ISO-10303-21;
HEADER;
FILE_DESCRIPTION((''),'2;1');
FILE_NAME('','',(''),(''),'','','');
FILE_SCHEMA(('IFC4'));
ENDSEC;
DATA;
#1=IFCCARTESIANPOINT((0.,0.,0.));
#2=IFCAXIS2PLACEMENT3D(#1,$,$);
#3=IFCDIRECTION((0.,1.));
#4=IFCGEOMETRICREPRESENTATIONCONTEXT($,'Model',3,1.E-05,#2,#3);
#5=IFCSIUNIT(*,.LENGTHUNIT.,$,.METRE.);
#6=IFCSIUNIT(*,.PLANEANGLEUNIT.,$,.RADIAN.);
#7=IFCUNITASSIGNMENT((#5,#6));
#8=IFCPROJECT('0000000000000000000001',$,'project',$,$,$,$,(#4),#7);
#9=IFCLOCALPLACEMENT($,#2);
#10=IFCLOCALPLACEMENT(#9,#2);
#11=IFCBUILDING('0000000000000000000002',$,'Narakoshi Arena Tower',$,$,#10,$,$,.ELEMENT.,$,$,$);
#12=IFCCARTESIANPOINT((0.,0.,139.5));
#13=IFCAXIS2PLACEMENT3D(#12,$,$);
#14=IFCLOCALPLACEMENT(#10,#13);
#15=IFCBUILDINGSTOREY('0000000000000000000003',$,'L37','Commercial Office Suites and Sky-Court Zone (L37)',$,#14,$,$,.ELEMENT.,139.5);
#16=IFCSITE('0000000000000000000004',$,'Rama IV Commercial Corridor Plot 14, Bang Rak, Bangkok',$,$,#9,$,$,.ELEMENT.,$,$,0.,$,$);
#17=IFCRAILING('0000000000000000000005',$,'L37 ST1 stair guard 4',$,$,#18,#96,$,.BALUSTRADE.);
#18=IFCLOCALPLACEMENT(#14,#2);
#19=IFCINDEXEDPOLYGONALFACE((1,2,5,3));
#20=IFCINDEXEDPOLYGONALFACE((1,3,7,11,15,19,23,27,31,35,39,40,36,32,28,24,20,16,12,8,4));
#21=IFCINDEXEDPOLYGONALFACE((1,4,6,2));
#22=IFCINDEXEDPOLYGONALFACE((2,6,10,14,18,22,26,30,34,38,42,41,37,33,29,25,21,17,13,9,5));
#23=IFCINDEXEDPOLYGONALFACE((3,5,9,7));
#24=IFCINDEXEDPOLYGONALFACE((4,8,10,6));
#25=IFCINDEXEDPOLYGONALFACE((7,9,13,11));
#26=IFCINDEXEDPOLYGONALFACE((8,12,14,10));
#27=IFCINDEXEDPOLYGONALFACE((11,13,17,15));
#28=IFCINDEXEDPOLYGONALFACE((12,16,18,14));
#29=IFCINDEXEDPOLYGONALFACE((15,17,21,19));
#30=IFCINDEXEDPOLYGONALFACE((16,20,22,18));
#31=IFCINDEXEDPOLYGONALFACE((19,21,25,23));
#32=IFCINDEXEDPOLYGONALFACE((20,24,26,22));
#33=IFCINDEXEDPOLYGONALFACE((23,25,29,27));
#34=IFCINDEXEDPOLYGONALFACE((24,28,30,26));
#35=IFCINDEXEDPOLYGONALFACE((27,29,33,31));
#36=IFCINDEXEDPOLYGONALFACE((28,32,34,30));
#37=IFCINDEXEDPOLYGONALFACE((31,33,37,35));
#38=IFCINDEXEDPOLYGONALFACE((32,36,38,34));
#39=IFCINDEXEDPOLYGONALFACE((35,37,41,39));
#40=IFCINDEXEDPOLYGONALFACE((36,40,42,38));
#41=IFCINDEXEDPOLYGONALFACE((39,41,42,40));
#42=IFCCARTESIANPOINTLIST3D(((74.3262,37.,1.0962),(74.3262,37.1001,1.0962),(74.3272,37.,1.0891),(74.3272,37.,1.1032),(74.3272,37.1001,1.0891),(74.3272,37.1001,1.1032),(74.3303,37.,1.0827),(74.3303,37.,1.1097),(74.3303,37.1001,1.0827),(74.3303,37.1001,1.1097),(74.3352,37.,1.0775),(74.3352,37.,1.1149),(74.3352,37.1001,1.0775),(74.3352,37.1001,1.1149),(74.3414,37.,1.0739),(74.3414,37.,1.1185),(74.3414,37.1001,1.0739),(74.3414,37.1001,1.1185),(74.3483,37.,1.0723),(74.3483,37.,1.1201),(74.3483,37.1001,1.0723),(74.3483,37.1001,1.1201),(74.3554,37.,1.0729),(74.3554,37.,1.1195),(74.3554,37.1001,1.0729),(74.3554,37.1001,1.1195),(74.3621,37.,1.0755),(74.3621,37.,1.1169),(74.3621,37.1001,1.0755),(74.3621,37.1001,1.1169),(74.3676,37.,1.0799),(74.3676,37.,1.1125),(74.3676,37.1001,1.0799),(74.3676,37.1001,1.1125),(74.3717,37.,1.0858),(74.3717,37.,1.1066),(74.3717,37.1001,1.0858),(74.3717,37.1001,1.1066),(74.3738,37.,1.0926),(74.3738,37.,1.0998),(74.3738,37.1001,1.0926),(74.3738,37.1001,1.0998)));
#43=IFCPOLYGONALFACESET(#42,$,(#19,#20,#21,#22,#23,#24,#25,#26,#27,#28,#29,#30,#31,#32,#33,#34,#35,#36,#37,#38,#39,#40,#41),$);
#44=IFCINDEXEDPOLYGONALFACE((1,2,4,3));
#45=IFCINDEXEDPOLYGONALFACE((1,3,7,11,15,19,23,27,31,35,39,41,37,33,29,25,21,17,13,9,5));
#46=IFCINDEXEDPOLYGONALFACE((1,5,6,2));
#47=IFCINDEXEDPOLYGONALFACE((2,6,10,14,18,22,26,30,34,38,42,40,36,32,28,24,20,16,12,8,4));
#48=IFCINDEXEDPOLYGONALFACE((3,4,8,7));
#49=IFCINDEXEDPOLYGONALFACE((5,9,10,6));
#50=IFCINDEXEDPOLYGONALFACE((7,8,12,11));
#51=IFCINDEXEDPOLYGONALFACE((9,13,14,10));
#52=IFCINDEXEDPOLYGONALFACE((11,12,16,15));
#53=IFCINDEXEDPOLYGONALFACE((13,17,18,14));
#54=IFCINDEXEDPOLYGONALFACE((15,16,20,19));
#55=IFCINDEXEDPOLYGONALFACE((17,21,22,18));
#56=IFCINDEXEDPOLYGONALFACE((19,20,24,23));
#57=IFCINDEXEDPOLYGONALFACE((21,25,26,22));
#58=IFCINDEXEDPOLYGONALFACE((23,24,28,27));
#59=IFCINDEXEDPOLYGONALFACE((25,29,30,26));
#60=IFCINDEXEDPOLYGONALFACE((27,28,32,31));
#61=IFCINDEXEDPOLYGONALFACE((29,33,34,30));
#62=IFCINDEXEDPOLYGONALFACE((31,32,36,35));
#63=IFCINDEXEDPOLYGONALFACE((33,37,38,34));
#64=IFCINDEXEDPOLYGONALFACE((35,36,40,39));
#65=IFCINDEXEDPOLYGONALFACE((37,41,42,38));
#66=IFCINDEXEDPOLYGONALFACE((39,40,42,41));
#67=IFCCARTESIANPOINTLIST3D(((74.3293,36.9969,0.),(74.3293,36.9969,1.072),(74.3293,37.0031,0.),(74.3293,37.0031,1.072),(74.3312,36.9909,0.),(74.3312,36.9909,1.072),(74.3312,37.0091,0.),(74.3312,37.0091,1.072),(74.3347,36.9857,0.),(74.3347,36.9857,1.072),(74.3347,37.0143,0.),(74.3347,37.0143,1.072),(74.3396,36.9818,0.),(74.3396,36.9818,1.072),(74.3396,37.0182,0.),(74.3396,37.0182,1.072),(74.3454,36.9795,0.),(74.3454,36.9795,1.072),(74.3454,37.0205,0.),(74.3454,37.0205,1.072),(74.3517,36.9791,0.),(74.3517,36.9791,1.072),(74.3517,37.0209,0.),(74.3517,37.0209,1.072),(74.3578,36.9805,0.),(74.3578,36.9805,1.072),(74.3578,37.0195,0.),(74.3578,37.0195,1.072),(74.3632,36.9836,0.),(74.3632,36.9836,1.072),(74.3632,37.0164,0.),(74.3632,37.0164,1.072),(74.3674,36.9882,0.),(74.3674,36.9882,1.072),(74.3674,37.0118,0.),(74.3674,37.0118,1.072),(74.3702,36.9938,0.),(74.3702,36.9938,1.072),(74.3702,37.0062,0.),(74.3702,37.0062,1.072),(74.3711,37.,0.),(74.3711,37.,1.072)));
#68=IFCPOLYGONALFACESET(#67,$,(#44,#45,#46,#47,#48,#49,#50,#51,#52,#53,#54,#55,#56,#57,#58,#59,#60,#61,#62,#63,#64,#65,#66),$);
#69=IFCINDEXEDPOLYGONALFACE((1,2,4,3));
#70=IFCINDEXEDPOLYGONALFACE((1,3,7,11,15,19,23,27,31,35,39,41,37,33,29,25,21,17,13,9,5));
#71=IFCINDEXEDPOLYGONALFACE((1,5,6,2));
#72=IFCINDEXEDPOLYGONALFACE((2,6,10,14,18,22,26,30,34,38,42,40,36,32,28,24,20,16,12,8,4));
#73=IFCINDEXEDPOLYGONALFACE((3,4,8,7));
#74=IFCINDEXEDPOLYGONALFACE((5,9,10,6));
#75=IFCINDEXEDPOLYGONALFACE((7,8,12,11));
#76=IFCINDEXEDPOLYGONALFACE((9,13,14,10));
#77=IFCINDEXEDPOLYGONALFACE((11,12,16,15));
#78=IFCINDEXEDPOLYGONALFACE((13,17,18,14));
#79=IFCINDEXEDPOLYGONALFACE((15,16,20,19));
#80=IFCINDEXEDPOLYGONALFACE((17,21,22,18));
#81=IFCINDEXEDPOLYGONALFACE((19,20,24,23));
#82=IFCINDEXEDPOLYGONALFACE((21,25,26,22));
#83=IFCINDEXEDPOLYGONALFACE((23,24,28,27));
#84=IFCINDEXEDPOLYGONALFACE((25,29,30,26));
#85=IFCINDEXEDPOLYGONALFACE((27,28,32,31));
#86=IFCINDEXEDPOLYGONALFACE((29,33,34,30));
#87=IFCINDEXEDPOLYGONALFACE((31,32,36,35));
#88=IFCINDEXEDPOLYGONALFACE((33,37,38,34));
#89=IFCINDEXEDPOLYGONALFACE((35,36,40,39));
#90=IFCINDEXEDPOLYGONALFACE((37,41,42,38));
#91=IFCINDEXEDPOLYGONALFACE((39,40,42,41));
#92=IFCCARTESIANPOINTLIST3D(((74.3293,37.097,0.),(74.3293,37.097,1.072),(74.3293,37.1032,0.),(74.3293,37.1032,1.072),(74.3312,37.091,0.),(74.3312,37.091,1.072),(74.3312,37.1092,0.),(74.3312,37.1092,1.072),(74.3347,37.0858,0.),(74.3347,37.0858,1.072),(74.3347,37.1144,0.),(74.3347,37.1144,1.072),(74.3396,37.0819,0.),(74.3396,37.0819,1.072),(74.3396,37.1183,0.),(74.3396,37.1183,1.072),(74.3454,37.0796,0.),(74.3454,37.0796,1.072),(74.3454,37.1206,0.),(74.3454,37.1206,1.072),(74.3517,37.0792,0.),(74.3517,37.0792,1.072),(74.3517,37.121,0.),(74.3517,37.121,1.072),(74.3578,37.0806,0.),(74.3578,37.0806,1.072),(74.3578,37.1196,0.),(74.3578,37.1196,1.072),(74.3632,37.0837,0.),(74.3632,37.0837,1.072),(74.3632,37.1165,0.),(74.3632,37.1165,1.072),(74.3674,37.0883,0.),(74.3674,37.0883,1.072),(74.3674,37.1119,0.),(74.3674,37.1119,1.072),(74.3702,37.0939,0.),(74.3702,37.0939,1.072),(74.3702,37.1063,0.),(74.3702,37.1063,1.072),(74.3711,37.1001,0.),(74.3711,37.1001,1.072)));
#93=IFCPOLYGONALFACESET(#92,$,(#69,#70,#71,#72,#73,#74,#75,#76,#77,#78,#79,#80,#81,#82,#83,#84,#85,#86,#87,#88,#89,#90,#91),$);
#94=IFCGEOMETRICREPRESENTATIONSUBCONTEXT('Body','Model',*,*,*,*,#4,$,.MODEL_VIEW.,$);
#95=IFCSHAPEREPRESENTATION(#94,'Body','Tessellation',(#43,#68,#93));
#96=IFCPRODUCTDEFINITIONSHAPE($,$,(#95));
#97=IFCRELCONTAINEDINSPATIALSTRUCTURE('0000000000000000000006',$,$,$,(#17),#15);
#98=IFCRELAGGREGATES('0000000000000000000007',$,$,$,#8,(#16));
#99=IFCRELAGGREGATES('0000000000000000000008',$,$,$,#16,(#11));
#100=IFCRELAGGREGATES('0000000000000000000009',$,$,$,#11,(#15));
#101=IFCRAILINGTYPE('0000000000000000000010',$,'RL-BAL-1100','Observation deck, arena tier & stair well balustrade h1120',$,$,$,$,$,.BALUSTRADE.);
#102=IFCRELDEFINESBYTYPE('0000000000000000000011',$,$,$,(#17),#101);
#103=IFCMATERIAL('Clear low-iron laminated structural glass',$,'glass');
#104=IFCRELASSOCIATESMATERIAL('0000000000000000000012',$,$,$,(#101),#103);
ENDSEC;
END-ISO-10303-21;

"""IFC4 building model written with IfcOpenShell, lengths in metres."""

from ifc_helpers import new_model, si_unit, direction, frame, origin, origin_2d, place, context, subcontext, project, spatial, circle, extrude, material, type_object, element, save


model = new_model("IFC4")

# Units and contexts
model_context = context("Model", 3, precision=1e-05, world=origin(), true_north=direction((0.0, 1.0)))
body_context = subcontext(model_context, "Body", "Model", "MODEL_VIEW")
ifc_project = project(units=[si_unit("LENGTHUNIT", "METRE"), si_unit("PLANEANGLEUNIT", "RADIAN")], contexts=[model_context])

# Site, building, storey
site_placement = place(None, origin())
site = spatial("IfcSite", under=ifc_project, at=site_placement, Name="Rama IV Commercial Corridor Plot 14, Bang Rak, Bangkok", CompositionType="ELEMENT", RefElevation=0.0)
building_placement = place(site_placement, origin())
building = spatial("IfcBuilding", under=site, at=building_placement, Name="Narakoshi Arena Tower", CompositionType="ELEMENT")
storey_placement = place(building_placement, frame((0.0, 0.0, 139.5)))
storey = spatial("IfcBuildingStorey", under=building, at=storey_placement, Name="L37", Description="Commercial Office Suites and Sky-Court Zone (L37)", CompositionType="ELEMENT", Elevation=139.5)

# Railing
ifc_material_1 = material(Name="Clear low-iron laminated structural glass", Category="glass")
railing_type_1 = type_object("IfcRailingType", Name="RL-BAL-1100", Description="Observation deck, arena tier & stair well balustrade h1120", PredefinedType="BALUSTRADE", material=ifc_material_1)
railing_1_placement = place(storey_placement, frame((74.3501, 37.0, 0.0)))
element("IfcRailing", 1, at=railing_1_placement, inside=storey, type_object=railing_type_1, Name="L37 ST1 stair guard 4", PredefinedType="BALUSTRADE", context=body_context, shape_type="SweptSolid", body=[
    extrude(circle(Radius=0.0239, at=origin_2d()), frame((0.0, 0.0, 1.0962), z_axis=(0.0, 1.0, 0.0), x_axis=(-1.0, 0.0, 0.0)), (0.0, 0.0, 1.0), 0.1001),
    extrude(circle(Radius=0.021, at=origin_2d()), origin(), (0.0, 0.0, 1.0), 1.072),
    extrude(circle(Radius=0.021, at=origin_2d()), frame((0.0, 0.1001, 0.0)), (0.0, 0.0, 1.0), 1.072),
])

save(model, "model.ifc")
